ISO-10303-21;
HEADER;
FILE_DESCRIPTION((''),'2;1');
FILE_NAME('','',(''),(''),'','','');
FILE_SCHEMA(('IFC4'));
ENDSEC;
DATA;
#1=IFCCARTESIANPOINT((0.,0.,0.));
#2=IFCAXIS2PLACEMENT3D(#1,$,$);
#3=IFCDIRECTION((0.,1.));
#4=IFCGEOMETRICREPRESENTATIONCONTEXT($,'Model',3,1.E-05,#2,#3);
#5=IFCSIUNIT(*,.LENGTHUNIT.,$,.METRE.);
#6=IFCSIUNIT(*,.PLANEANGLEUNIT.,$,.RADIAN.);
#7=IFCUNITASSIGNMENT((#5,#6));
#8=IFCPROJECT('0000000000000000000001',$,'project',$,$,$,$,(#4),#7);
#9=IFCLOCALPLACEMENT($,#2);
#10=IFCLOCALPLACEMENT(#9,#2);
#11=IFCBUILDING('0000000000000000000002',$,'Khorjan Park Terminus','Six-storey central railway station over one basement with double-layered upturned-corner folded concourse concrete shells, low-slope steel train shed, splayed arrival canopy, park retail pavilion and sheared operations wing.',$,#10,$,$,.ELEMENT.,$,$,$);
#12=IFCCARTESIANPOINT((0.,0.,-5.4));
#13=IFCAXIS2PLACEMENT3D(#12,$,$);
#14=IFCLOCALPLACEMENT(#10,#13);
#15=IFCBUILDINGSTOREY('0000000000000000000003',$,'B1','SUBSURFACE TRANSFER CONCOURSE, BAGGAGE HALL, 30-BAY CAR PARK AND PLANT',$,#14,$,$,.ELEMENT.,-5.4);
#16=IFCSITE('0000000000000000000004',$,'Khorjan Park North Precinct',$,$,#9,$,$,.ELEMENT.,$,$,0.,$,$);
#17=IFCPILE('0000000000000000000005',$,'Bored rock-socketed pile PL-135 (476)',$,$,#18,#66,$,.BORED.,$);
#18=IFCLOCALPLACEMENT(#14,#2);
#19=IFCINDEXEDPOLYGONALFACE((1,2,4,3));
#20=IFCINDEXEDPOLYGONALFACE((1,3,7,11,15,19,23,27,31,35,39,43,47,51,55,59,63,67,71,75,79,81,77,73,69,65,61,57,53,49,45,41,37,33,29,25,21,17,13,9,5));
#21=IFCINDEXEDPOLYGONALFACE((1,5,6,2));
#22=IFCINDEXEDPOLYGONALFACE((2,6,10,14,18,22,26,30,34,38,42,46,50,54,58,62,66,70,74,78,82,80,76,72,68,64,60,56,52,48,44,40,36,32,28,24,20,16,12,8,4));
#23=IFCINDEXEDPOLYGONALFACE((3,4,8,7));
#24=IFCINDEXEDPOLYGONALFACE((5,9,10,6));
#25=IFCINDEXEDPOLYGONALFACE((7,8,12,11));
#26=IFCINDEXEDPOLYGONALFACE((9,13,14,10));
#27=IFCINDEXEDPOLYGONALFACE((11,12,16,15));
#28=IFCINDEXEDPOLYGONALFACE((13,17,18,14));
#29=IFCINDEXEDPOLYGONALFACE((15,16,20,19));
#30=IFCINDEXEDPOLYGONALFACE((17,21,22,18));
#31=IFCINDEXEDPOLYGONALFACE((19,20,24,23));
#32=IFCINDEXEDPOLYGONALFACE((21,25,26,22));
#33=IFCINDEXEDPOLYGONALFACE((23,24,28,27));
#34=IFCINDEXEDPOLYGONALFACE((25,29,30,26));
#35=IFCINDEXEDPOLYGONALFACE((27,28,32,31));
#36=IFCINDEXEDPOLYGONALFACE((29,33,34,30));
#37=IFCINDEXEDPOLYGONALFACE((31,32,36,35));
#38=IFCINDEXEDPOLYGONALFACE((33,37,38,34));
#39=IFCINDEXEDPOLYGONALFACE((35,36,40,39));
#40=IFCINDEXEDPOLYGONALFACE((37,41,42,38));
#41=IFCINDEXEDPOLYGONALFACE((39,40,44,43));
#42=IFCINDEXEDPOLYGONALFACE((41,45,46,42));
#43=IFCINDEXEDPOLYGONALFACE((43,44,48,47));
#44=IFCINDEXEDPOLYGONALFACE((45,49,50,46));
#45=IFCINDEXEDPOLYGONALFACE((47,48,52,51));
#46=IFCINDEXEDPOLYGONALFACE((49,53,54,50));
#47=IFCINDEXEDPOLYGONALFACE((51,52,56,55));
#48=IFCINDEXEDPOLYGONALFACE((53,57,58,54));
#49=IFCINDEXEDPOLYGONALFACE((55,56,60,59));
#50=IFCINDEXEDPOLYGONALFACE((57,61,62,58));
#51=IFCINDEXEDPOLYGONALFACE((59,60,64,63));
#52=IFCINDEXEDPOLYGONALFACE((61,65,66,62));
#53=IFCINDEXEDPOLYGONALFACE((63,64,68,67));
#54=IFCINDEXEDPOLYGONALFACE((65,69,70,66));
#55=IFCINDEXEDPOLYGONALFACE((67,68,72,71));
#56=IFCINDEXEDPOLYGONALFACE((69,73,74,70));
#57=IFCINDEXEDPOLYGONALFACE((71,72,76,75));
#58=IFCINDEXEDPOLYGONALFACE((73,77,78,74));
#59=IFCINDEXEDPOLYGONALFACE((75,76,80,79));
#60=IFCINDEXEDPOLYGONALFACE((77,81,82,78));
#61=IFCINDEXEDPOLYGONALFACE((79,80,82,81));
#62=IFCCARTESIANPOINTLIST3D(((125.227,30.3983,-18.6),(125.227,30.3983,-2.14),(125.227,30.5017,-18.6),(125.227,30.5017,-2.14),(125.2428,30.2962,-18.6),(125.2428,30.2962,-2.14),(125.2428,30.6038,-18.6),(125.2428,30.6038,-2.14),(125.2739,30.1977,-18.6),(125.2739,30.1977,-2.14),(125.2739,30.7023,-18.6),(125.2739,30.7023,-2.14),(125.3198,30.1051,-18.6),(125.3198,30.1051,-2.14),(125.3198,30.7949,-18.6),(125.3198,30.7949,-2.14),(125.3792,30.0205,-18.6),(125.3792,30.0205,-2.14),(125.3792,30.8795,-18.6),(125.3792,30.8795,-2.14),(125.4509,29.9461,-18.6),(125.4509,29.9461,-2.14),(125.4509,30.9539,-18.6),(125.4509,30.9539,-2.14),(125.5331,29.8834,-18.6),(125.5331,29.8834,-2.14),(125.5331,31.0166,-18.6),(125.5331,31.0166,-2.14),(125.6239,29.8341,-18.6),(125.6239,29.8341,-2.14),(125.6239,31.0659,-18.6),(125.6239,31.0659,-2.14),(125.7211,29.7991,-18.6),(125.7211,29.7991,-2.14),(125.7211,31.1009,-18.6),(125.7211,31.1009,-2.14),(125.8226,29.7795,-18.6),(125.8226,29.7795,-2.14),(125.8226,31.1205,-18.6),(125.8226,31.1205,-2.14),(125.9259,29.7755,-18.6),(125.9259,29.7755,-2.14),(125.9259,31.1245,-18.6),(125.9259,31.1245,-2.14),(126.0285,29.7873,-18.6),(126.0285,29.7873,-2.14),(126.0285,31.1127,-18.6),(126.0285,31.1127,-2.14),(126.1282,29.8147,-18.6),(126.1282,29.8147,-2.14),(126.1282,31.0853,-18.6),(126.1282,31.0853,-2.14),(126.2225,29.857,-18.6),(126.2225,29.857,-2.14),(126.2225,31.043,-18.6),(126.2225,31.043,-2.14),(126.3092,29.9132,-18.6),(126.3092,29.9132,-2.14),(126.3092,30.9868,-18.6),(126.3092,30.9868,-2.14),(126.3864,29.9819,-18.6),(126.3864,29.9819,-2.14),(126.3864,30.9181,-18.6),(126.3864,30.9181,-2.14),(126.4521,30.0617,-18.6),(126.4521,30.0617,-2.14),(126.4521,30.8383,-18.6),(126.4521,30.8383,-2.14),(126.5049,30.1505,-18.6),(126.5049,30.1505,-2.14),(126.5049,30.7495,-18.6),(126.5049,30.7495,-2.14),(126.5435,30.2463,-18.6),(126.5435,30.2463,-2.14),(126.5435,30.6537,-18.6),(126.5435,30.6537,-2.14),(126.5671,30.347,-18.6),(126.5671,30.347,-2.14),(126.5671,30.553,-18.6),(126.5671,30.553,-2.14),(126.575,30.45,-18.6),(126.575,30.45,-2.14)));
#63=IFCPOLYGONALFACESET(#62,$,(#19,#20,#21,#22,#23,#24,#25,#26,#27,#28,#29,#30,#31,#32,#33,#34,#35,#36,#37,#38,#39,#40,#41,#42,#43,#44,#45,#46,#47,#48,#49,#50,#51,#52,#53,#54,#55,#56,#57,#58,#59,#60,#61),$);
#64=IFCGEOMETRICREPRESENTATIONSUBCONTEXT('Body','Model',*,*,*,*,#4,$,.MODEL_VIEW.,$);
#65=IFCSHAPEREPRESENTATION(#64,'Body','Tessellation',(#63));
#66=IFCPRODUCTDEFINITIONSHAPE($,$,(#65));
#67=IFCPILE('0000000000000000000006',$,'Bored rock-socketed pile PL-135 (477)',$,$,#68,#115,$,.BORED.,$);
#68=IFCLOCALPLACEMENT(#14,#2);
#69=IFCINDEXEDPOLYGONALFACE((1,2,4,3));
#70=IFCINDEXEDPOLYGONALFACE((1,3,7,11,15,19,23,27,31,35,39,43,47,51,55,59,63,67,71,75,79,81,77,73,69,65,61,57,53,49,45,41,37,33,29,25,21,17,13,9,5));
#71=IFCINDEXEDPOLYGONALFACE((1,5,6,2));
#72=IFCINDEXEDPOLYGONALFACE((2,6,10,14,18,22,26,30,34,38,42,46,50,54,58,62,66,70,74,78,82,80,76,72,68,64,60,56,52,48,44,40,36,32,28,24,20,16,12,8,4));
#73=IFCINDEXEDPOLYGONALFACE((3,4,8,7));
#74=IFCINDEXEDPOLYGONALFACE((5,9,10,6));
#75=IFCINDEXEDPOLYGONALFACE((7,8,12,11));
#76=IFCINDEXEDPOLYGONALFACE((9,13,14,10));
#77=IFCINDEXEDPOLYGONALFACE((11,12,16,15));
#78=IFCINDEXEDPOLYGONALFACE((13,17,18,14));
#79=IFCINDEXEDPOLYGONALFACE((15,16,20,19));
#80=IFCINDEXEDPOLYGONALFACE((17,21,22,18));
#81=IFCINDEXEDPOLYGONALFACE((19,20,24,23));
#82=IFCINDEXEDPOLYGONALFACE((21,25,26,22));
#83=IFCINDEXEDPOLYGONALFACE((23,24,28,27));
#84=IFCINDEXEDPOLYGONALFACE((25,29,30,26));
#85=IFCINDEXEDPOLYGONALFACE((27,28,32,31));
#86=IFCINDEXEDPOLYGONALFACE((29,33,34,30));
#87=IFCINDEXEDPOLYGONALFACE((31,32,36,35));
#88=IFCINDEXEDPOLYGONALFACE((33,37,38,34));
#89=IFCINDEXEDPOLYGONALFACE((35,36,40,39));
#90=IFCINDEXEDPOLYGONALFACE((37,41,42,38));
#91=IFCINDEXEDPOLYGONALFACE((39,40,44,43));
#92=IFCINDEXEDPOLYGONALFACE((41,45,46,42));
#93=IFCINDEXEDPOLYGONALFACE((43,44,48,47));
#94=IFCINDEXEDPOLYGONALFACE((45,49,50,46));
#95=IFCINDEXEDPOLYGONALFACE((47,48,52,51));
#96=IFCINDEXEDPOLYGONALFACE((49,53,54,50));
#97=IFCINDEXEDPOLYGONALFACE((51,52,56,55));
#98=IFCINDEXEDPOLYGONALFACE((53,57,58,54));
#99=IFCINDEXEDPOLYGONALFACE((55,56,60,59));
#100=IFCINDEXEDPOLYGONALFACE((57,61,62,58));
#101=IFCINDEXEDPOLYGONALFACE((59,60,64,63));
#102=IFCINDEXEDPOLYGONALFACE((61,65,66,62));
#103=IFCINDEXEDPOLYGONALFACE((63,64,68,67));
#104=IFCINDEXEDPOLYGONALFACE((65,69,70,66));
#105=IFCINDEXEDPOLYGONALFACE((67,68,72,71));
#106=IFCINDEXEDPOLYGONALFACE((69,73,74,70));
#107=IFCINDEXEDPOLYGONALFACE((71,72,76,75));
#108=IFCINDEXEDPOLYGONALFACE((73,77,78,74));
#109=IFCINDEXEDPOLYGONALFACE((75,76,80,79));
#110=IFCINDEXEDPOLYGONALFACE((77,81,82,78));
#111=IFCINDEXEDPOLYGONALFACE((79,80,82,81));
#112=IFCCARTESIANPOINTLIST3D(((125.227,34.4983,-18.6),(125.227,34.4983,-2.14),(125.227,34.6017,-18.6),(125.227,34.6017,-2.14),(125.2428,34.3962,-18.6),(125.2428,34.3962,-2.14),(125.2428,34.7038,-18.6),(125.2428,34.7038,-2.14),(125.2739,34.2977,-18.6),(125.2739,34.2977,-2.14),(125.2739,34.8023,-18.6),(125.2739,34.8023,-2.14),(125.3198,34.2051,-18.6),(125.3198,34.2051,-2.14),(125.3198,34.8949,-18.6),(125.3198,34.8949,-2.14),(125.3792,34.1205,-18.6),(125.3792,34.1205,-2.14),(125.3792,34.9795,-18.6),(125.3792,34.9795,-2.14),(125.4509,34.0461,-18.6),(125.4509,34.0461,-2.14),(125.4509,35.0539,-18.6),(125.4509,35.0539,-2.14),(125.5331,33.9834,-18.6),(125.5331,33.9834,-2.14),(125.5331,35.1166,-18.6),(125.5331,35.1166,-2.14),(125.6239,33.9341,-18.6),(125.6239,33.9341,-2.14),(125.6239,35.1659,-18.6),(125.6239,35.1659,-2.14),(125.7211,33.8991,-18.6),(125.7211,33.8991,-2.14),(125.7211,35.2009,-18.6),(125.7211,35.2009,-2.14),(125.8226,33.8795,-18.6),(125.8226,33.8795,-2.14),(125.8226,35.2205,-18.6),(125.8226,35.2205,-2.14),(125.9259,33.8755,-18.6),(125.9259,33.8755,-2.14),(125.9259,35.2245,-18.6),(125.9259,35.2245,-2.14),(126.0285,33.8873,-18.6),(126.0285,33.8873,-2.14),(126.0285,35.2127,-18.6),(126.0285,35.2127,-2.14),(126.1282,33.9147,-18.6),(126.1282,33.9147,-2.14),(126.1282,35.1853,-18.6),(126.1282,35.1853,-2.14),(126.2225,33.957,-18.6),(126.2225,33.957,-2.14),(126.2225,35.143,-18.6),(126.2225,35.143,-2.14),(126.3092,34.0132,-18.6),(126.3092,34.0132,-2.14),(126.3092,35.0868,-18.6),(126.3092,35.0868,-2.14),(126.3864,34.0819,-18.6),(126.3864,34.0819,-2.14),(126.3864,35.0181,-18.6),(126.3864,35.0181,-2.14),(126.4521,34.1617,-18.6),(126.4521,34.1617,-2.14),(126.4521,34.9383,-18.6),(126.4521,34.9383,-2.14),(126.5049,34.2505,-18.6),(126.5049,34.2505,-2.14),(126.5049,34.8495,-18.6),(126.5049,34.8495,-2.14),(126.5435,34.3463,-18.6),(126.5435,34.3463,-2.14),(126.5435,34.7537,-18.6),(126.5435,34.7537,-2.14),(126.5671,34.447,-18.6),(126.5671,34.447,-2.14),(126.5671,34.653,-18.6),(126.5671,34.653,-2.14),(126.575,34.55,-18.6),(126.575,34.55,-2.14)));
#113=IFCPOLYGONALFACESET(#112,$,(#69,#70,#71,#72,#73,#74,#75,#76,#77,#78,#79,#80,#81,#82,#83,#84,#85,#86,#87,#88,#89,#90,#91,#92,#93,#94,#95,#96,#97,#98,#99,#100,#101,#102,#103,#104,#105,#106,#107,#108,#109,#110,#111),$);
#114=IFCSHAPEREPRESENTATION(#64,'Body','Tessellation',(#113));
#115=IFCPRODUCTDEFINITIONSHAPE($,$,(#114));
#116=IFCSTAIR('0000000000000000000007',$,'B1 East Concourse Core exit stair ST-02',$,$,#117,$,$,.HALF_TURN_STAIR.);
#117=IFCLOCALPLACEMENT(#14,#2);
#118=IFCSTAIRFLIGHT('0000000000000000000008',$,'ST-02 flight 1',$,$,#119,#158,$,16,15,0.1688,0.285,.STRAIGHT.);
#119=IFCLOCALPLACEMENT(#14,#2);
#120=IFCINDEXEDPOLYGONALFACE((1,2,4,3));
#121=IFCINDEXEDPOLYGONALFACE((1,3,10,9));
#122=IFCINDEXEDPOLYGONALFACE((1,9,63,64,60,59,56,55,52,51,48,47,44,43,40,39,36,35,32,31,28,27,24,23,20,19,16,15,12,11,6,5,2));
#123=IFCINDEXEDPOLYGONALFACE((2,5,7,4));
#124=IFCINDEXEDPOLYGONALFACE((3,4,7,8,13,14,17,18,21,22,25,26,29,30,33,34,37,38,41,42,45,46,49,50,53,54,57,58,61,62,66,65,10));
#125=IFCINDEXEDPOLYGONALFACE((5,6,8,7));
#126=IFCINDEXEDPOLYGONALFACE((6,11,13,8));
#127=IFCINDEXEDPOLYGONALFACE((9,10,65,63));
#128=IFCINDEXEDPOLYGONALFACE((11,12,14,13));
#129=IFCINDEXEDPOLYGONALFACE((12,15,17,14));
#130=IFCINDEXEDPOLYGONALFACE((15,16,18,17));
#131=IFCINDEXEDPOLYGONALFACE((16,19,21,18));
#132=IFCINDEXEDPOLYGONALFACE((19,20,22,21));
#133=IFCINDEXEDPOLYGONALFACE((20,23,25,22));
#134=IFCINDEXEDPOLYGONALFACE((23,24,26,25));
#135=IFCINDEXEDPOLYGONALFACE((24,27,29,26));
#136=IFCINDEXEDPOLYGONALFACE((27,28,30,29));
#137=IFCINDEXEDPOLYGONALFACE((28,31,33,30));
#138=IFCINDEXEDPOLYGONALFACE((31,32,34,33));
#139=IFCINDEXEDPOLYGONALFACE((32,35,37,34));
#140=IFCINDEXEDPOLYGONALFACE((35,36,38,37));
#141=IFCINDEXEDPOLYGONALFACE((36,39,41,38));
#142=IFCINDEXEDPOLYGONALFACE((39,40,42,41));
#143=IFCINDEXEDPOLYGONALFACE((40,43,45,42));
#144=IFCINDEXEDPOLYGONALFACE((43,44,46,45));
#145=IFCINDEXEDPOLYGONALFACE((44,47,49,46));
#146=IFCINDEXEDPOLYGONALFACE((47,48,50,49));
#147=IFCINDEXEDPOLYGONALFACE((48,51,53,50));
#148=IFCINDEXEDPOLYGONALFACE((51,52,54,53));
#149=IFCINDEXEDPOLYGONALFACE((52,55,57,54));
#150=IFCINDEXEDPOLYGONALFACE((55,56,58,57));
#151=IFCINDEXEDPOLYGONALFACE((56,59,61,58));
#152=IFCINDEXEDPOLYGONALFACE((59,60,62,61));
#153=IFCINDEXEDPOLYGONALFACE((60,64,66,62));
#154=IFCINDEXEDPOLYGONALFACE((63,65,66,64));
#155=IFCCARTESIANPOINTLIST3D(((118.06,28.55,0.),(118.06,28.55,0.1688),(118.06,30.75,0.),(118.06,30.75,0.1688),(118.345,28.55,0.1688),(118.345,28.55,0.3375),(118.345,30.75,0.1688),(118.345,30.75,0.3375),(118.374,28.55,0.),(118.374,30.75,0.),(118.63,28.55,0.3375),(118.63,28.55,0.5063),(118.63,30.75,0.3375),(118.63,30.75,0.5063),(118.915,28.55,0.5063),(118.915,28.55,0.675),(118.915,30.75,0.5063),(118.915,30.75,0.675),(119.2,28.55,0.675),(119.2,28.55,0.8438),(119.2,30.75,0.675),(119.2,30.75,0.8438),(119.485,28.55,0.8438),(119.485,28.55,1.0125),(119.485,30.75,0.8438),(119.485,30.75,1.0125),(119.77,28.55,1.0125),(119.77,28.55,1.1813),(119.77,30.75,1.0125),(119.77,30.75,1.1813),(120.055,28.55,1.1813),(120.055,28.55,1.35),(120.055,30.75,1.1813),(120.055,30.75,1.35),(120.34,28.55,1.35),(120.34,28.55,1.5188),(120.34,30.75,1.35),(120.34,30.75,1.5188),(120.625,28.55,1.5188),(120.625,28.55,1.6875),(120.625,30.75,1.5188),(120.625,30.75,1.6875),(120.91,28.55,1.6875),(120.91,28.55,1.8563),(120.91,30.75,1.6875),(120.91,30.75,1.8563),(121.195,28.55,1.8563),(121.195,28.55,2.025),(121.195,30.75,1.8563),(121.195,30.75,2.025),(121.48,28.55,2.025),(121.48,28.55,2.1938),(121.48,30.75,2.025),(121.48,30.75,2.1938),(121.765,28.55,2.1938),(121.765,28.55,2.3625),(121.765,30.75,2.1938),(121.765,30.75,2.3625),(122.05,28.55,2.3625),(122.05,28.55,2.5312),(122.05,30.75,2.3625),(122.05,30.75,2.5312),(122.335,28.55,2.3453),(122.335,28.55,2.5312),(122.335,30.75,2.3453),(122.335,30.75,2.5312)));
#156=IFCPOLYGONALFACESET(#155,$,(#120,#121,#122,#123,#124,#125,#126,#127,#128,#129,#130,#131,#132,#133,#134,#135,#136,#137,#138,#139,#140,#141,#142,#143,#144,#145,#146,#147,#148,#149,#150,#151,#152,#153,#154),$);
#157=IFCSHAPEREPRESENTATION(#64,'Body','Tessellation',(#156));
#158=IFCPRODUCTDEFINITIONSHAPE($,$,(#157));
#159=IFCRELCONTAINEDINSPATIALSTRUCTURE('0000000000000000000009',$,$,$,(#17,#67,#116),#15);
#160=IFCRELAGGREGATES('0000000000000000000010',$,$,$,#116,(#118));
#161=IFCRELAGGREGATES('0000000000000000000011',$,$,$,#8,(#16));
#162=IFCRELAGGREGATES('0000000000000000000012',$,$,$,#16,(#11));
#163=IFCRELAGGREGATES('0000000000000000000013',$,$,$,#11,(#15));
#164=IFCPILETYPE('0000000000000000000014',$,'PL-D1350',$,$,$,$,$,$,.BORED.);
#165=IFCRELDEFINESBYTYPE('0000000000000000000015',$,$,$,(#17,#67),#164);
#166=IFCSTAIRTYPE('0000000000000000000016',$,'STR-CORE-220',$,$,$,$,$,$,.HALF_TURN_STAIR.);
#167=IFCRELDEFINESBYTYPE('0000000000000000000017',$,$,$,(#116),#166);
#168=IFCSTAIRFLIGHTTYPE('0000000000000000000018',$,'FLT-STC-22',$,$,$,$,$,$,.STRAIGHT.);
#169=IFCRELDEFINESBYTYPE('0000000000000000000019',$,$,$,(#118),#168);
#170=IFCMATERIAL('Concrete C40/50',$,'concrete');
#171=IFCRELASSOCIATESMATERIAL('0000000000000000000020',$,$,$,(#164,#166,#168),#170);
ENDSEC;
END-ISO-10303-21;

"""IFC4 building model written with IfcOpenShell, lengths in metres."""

from ifc_helpers import new_model, si_unit, direction, frame, origin, origin_2d, place, context, subcontext, project, spatial, polyline, circle, outline, extrude, material, material_profile, profile_set, type_object, element, aggregate, save


model = new_model("IFC4")

# Units and contexts
model_context = context("Model", 3, precision=1e-05, world=origin(), true_north=direction((0.0, 1.0)))
body_context = subcontext(model_context, "Body", "Model", "MODEL_VIEW")
ifc_project = project(units=[si_unit("LENGTHUNIT", "METRE"), si_unit("PLANEANGLEUNIT", "RADIAN")], contexts=[model_context])

# Site, building, storey
site_placement = place(None, origin())
site = spatial("IfcSite", under=ifc_project, at=site_placement, Name="Khorjan Park North Precinct", CompositionType="ELEMENT", RefElevation=0.0)
building_placement = place(site_placement, origin())
building = spatial("IfcBuilding", under=site, at=building_placement, Name="Khorjan Park Terminus", Description="Six-storey central railway station over one basement with double-layered upturned-corner folded concourse concrete shells, low-slope steel train shed, splayed arrival canopy, park retail pavilion and sheared operations wing.", CompositionType="ELEMENT")
storey_placement = place(building_placement, frame((0.0, 0.0, -5.4)))
storey = spatial("IfcBuildingStorey", under=building, at=storey_placement, Name="B1", Description="SUBSURFACE TRANSFER CONCOURSE, BAGGAGE HALL, 30-BAY CAR PARK AND PLANT", CompositionType="ELEMENT", Elevation=-5.4)

# Piles
ifc_material_1 = material(Name="Concrete C40/50", Category="concrete")
ifc_material_profile = material_profile(ifc_material_1, circle(Radius=0.675, at=origin_2d()), Name="BORED D1350")
ifc_profile_set = profile_set([ifc_material_profile], Name="Concrete C40/50")
pile_type = type_object("IfcPileType", Name="PL-D1350", PredefinedType="BORED", material=ifc_profile_set)
for number, where, z_axis, x_axis, name in (
    (1, (125.9, 30.45, -2.14), (0.0, 0.0, -1.0), (1.0, 0.0, 0.0), "Bored rock-socketed pile PL-135 (476)"),
    (2, (125.9, 34.55, -2.14), (0.0, 0.0, -1.0), (1.0, 0.0, 0.0), "Bored rock-socketed pile PL-135 (477)"),
):
    element("IfcPile", number, at=place(storey_placement, frame(where, z_axis=z_axis, x_axis=x_axis)), inside=storey, type_object=pile_type, Name=name, PredefinedType="BORED", context=body_context, shape_type="SweptSolid", body=[
        extrude(circle(Radius=0.675, at=origin_2d()), origin(), (0.0, 0.0, 1.0), 16.46),
    ])

# Stair, stair flight
stair_type = type_object("IfcStairType", Name="STR-CORE-220", PredefinedType="HALF_TURN_STAIR", material=ifc_material_1)
stair_placement = place(storey_placement, origin())
stair = element("IfcStair", 3, at=stair_placement, inside=storey, type_object=stair_type, Name="B1 East Concourse Core exit stair ST-02", PredefinedType="HALF_TURN_STAIR")
stair_flight_type = type_object("IfcStairFlightType", Name="FLT-STC-22", PredefinedType="STRAIGHT", material=ifc_material_1)
stair_flight_1_placement = place(storey_placement, frame((118.06, 29.65, 0.0), z_axis=(0.0, 0.0, 1.0), x_axis=(1.0, 0.0, 0.0)))
stair_flight_1 = element("IfcStairFlight", 4, at=stair_flight_1_placement, type_object=stair_flight_type, Name="ST-02 flight 1", NumberOfRisers=16, NumberOfTreads=15, PredefinedType="STRAIGHT", RiserHeight=0.1688, TreadLength=0.285, context=body_context, shape_type="SweptSolid", body=[
    extrude(outline(polyline([(0.0, 0.0), (0.0, 0.1688), (0.285, 0.1688), (0.285, 0.3375), (0.57, 0.3375), (0.57, 0.5063), (0.855, 0.5063), (0.855, 0.675), (1.14, 0.675), (1.14, 0.8438), (1.425, 0.8438), (1.425, 1.0125), (1.71, 1.0125), (1.71, 1.1813), (1.995, 1.1813), (1.995, 1.35), (2.28, 1.35), (2.28, 1.5188), (2.565, 1.5188), (2.565, 1.6875), (2.85, 1.6875), (2.85, 1.8563), (3.135, 1.8563), (3.135, 2.025), (3.42, 2.025), (3.42, 2.1938), (3.705, 2.1938), (3.705, 2.3625), (3.99, 2.3625), (3.99, 2.5312), (4.275, 2.5312), (4.275, 2.7), (4.275, 2.3453), (0.314, 0.0), (0.0, 0.0)])), frame((0.0, 1.1, 0.0), z_axis=(0.0, -1.0, 0.0), x_axis=(1.0, 0.0, 0.0)), (0.0, 0.0, 1.0), 2.2),
])
aggregate(stair, [stair_flight_1])

save(model, "model.ifc")
